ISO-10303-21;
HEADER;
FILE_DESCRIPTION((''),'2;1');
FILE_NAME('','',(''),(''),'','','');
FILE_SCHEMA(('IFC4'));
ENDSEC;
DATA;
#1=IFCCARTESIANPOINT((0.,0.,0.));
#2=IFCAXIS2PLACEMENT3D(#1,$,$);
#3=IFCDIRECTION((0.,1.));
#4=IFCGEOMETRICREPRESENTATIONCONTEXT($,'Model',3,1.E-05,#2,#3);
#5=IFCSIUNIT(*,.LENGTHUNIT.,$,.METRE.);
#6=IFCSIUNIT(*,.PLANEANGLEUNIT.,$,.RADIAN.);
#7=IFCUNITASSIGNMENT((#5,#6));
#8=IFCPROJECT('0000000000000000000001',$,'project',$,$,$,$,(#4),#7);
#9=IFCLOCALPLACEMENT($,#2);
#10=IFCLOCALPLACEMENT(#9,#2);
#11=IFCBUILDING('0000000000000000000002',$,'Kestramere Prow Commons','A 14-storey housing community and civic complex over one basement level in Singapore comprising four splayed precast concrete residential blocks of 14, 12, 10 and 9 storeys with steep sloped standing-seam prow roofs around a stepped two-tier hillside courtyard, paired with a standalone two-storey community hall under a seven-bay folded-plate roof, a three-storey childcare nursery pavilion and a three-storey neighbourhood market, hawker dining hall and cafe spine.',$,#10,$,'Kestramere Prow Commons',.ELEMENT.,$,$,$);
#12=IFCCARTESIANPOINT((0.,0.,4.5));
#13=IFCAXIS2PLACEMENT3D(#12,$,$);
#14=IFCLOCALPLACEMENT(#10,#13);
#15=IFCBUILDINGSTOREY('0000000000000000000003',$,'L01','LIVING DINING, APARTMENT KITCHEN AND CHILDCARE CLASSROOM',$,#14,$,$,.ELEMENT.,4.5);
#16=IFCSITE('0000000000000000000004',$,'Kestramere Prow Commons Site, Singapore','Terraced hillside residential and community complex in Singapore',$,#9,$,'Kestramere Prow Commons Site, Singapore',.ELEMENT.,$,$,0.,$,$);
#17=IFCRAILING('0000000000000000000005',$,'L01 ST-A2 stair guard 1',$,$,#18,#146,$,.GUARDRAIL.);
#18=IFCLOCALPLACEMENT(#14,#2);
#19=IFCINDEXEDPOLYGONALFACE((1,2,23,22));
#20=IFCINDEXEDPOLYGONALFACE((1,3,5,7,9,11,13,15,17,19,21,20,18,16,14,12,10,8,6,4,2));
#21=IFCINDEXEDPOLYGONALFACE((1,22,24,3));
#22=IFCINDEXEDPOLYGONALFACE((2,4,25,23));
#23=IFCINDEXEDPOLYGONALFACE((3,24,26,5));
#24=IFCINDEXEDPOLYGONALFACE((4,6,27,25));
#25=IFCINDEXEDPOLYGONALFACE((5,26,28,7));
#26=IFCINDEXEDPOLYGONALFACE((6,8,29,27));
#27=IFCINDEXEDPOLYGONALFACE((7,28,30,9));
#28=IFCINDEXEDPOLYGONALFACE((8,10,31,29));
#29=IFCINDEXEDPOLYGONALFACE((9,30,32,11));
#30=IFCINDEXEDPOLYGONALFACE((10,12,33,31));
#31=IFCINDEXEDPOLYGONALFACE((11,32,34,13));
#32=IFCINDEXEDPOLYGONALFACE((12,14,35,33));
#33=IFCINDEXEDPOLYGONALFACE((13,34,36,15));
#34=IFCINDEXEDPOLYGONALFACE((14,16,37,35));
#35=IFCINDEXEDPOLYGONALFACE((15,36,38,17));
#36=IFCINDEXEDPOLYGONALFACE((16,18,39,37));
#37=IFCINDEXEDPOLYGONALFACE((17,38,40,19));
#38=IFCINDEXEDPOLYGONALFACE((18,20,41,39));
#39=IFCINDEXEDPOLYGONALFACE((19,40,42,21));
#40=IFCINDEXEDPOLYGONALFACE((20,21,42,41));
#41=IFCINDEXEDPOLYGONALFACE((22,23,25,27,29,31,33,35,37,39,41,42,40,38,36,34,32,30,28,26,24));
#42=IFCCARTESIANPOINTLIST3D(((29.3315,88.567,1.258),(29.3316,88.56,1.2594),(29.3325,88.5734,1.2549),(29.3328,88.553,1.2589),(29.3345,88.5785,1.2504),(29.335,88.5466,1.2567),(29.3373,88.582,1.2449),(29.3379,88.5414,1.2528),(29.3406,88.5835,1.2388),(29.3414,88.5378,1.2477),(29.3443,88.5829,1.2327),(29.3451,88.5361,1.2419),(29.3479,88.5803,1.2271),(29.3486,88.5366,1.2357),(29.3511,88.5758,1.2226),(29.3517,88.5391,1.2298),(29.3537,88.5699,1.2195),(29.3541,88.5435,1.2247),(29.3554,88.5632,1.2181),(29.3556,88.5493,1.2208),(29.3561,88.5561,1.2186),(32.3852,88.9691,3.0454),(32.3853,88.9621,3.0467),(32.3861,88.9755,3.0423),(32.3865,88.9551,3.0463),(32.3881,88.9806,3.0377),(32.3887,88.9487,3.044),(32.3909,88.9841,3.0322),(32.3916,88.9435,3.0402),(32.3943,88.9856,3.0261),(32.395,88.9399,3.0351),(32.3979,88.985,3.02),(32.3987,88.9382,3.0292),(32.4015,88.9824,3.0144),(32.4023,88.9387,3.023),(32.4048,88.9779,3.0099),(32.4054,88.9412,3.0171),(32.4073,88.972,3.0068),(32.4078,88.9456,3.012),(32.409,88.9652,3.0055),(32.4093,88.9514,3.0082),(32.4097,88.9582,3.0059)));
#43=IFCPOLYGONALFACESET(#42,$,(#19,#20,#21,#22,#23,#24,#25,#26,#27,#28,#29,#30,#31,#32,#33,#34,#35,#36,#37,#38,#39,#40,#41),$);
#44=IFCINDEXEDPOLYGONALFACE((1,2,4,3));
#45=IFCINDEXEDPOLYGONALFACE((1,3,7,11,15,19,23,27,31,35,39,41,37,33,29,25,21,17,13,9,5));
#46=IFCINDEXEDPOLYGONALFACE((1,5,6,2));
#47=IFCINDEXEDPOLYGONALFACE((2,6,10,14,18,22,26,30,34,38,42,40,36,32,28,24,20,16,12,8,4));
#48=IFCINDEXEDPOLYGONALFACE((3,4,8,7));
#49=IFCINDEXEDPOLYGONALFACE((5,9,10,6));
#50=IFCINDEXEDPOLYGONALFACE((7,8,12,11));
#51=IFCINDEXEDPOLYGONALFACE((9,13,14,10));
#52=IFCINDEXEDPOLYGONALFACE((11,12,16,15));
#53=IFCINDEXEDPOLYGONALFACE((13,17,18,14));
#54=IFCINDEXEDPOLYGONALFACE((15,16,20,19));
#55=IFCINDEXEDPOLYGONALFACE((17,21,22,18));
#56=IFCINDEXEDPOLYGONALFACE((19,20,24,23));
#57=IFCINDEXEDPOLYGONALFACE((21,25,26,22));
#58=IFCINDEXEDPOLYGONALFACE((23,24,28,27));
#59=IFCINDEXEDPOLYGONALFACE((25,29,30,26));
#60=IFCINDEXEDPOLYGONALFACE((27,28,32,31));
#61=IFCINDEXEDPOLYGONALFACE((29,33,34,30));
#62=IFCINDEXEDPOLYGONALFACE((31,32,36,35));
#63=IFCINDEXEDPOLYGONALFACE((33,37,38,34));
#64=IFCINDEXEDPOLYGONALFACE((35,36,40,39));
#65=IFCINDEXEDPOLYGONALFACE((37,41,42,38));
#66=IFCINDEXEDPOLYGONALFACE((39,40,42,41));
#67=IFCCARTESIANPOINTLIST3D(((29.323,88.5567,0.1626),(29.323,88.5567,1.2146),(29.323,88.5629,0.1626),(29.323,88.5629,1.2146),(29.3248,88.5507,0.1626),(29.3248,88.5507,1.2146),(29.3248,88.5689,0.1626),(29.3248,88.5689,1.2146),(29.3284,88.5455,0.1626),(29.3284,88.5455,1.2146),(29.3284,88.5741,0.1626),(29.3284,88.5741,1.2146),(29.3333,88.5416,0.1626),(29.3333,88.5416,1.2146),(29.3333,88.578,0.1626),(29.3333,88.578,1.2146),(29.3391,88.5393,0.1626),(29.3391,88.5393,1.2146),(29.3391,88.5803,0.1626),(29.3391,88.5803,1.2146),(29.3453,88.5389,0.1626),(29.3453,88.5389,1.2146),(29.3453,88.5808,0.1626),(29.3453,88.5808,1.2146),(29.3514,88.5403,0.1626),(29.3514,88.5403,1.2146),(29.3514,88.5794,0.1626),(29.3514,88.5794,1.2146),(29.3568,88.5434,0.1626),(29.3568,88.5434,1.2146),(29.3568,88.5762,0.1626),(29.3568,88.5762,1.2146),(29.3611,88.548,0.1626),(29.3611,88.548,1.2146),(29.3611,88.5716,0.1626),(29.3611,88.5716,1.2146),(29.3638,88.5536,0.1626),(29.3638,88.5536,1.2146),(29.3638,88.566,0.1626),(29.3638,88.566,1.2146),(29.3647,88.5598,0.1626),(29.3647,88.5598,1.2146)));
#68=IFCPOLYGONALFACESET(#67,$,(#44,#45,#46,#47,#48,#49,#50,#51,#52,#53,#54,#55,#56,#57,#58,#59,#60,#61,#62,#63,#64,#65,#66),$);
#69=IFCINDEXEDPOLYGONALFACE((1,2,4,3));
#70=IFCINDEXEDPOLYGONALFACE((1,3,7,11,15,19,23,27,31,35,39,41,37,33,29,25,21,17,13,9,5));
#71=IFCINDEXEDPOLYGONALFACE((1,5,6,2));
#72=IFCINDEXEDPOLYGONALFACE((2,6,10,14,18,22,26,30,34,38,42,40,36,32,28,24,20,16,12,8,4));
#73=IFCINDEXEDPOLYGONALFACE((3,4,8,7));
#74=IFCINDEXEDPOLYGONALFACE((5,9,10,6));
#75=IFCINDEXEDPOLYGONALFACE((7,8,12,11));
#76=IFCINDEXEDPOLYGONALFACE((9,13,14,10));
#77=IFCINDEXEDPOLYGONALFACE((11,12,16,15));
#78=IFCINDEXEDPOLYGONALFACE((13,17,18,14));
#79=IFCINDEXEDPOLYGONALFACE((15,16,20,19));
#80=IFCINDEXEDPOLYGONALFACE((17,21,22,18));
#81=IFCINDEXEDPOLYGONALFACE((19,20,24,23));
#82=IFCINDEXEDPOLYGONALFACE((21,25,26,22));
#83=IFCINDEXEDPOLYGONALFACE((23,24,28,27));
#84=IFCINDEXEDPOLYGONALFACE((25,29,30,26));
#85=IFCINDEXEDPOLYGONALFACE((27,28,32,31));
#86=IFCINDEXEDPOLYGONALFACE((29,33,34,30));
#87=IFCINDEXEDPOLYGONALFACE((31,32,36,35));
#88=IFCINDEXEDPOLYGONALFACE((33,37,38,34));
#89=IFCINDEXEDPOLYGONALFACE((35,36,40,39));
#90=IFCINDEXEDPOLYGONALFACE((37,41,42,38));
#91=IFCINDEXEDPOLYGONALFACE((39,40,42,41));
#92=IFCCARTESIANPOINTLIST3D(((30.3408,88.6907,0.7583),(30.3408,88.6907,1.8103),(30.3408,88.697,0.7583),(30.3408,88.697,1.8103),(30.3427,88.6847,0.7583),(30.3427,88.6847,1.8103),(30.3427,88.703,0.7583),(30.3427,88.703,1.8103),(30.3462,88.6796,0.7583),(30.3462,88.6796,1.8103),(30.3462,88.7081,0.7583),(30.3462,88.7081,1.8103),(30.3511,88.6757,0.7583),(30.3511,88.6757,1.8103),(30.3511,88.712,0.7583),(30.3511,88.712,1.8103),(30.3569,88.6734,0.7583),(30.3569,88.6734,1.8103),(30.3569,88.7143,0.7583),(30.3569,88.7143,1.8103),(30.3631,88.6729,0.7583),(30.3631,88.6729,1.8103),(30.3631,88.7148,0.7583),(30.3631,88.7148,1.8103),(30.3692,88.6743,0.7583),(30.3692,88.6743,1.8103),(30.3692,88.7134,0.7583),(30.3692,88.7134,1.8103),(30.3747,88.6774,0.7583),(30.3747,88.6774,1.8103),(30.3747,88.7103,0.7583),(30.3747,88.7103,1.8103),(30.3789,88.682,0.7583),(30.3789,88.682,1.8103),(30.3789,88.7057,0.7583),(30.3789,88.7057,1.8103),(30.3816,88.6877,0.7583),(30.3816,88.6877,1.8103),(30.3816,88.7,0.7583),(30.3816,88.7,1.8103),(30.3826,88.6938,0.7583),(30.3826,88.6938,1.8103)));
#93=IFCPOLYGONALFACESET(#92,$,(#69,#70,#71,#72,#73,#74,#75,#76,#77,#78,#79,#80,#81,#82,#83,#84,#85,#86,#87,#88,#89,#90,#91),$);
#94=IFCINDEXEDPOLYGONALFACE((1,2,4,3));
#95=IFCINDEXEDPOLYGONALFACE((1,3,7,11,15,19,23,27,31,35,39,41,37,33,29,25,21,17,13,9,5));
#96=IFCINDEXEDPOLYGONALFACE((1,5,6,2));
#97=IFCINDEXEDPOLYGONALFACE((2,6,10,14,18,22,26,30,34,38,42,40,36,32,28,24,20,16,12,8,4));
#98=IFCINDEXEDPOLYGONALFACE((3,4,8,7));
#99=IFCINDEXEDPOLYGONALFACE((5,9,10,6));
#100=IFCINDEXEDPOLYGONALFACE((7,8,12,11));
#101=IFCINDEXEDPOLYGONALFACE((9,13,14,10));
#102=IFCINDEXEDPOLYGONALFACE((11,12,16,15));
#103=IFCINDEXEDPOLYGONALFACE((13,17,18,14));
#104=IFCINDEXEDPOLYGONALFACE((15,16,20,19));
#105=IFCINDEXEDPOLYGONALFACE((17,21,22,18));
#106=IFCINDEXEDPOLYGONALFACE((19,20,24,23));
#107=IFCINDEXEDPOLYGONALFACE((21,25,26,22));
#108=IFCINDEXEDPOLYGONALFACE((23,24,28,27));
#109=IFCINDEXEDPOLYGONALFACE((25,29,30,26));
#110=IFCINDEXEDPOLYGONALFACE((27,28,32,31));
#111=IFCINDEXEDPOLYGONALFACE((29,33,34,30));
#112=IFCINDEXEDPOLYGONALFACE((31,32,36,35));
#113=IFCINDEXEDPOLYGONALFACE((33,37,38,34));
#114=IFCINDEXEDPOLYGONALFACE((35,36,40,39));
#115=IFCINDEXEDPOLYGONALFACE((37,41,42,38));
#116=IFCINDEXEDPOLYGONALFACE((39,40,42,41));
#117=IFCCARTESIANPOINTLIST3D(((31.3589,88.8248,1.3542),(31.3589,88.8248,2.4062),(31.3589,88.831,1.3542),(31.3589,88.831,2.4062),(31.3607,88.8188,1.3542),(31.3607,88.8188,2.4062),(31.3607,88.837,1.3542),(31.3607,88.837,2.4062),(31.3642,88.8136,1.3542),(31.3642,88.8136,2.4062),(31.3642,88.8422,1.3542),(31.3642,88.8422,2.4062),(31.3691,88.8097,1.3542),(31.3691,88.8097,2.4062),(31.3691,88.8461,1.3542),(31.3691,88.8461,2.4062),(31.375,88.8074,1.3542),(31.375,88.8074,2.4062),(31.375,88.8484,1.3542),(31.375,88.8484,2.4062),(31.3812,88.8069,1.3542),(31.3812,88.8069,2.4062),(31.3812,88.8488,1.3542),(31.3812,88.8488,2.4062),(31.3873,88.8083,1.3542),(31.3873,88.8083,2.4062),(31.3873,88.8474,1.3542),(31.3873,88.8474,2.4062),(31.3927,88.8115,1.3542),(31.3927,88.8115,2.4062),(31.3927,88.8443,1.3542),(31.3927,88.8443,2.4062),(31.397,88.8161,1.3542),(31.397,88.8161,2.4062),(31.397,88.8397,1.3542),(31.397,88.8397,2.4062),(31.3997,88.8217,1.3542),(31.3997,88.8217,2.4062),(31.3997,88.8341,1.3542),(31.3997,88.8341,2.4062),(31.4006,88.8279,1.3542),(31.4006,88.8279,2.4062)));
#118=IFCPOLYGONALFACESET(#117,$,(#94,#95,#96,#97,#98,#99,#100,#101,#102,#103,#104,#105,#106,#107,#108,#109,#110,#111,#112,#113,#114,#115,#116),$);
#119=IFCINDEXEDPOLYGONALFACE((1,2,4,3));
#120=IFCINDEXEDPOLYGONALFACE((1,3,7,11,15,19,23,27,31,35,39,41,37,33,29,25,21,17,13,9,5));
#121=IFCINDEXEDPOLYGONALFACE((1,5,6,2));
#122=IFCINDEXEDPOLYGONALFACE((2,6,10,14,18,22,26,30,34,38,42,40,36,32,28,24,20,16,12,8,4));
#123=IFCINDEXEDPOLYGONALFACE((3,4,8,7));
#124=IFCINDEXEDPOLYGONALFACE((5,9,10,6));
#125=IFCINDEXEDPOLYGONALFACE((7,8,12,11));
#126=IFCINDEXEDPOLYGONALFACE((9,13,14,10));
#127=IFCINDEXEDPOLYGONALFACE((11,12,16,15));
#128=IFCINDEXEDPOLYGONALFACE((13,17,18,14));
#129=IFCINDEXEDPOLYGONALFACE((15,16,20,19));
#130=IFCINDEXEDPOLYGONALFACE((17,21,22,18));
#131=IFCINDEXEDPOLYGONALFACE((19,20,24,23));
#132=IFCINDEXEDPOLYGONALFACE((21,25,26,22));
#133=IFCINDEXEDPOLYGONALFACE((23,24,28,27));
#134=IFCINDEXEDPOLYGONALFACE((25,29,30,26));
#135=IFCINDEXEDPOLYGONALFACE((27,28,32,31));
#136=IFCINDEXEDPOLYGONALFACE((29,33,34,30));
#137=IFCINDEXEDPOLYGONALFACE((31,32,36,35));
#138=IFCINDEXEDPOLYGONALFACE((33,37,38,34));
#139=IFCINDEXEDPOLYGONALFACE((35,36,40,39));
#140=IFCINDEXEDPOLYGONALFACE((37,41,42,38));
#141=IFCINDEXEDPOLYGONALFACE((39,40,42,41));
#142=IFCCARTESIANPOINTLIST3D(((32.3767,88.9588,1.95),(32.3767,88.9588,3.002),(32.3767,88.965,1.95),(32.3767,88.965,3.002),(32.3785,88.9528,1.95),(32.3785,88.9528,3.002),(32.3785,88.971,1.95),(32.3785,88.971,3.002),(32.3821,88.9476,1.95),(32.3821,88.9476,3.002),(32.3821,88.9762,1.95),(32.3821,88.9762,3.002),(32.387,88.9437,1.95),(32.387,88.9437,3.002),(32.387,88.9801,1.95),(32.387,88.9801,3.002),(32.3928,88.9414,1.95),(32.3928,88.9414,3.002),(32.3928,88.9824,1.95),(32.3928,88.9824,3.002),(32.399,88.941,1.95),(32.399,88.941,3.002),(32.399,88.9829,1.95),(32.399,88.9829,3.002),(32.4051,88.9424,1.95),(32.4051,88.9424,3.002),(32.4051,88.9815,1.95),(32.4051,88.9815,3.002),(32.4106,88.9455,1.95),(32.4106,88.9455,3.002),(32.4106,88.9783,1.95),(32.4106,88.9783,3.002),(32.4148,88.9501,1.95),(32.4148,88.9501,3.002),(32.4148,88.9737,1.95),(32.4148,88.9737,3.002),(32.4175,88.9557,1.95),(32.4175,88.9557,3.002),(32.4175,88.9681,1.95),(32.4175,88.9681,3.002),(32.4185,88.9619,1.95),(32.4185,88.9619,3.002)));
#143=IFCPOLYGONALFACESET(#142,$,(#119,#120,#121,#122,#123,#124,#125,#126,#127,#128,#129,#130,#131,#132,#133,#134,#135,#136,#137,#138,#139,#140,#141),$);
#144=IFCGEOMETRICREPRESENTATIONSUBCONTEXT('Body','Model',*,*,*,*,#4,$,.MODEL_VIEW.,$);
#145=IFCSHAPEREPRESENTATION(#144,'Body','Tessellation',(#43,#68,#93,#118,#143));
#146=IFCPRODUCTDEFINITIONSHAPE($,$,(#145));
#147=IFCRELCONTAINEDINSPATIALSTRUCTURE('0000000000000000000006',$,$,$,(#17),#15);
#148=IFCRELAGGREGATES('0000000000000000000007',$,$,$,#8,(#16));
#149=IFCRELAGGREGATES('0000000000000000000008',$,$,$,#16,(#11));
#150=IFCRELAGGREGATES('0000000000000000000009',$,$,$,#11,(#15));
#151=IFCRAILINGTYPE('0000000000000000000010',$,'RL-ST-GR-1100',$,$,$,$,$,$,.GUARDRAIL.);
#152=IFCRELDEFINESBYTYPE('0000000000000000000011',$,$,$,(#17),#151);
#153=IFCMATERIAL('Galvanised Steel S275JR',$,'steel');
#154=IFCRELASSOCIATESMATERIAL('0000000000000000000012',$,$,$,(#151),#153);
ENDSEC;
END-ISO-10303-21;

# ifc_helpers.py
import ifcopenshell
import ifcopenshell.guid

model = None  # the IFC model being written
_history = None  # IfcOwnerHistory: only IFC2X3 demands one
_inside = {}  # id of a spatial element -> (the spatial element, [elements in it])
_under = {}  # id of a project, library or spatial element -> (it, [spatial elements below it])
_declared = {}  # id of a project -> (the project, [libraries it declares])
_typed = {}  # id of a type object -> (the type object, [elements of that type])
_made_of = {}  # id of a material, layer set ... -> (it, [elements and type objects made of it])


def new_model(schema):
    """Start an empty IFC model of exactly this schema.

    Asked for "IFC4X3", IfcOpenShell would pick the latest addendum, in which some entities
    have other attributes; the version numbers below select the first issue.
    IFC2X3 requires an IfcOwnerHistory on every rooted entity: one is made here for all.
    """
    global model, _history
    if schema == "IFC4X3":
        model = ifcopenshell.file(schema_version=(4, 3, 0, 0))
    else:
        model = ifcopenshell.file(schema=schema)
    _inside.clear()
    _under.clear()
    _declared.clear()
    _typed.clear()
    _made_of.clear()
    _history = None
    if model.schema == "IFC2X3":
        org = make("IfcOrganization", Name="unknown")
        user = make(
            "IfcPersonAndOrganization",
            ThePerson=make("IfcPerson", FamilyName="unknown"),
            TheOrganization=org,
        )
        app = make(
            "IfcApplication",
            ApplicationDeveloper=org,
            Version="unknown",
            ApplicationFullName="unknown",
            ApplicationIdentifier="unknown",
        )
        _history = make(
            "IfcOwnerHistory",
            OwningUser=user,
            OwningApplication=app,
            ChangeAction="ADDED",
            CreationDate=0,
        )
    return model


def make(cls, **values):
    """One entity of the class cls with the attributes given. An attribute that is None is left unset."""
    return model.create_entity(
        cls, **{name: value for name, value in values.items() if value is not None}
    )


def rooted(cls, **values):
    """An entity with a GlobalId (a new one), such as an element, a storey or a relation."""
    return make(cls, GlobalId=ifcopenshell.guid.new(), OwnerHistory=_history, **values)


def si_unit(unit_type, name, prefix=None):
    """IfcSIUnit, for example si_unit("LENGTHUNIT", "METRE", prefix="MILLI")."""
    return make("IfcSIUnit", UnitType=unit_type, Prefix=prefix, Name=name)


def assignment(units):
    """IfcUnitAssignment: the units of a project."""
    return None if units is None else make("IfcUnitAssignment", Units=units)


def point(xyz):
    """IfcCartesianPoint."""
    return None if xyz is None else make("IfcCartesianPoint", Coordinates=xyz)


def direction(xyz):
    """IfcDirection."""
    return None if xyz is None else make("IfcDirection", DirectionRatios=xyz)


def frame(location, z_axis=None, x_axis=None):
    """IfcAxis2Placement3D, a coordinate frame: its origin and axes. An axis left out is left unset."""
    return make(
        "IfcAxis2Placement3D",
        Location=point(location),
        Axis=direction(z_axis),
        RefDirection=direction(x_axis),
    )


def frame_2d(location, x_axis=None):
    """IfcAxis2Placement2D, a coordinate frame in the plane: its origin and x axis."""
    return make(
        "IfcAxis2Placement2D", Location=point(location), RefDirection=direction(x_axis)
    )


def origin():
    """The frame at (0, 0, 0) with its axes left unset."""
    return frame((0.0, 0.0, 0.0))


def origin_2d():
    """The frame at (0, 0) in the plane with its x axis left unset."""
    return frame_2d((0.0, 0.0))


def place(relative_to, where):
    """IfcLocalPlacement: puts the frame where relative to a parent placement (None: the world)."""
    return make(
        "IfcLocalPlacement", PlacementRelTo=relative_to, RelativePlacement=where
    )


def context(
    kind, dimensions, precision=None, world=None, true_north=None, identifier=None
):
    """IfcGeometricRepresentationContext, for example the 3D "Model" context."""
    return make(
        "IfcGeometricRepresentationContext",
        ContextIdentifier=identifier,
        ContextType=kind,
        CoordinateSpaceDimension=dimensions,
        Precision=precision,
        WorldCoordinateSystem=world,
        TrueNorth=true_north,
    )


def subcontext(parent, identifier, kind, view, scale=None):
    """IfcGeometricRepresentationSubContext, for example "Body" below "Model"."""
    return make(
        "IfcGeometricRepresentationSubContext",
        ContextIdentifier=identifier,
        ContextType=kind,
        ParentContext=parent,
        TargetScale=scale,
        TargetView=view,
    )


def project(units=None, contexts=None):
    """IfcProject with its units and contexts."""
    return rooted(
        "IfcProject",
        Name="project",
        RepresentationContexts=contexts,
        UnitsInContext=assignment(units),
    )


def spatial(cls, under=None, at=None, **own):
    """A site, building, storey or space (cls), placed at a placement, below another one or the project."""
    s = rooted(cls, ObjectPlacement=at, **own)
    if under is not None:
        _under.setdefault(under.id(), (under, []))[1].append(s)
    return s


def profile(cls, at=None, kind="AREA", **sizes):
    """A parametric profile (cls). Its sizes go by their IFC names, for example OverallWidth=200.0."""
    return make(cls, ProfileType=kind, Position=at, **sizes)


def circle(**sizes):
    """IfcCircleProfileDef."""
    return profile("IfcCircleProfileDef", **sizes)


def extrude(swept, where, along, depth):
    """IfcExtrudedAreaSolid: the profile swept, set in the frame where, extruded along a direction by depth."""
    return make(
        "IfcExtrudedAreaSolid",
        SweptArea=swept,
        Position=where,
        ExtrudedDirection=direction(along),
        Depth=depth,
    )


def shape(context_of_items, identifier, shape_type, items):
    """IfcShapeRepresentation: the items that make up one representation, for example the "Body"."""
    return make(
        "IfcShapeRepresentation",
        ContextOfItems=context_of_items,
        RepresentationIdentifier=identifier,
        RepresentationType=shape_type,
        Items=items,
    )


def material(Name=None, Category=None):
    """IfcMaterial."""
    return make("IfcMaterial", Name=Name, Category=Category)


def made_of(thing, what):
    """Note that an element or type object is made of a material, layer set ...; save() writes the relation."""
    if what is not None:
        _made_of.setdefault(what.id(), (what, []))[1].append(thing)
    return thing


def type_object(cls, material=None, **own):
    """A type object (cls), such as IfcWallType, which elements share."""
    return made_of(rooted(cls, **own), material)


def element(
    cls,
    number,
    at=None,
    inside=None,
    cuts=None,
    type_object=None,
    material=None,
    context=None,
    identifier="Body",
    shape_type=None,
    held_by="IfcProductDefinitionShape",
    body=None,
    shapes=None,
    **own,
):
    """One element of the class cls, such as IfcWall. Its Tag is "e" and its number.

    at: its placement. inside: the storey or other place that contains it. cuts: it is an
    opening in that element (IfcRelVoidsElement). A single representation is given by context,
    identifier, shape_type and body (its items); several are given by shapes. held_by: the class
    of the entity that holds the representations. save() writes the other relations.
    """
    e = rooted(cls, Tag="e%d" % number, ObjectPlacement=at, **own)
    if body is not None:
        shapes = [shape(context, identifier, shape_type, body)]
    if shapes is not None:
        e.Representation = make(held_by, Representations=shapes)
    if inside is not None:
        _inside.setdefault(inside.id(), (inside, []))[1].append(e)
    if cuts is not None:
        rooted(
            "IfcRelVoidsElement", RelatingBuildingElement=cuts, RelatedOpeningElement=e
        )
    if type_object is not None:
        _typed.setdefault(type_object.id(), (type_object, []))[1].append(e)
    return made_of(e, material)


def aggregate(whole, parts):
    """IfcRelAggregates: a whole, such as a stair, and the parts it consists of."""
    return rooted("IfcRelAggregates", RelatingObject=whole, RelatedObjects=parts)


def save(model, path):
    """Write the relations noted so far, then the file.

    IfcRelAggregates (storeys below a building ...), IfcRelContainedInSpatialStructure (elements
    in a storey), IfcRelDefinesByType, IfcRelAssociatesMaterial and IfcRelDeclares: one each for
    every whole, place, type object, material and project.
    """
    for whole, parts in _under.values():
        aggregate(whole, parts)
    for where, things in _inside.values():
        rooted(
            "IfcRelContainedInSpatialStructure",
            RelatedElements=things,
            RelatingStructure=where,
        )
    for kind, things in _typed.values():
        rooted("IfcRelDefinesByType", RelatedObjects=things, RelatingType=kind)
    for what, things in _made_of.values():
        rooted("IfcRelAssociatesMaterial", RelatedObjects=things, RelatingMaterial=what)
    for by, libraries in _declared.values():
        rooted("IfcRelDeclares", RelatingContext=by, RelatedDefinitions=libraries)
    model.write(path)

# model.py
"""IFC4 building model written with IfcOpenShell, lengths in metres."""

from ifc_helpers import new_model, si_unit, direction, frame, origin, origin_2d, place, context, subcontext, project, spatial, circle, extrude, material, type_object, element, save


model = new_model("IFC4")

# Units and contexts
model_context = context("Model", 3, precision=1e-05, world=origin(), true_north=direction((0.0, 1.0)))
body_context = subcontext(model_context, "Body", "Model", "MODEL_VIEW")
ifc_project = project(units=[si_unit("LENGTHUNIT", "METRE"), si_unit("PLANEANGLEUNIT", "RADIAN")], contexts=[model_context])

# Site, building, storey
site_placement = place(None, origin())
site = spatial("IfcSite", under=ifc_project, at=site_placement, Name="Kestramere Prow Commons Site, Singapore", Description="Terraced hillside residential and community complex in Singapore", LongName="Kestramere Prow Commons Site, Singapore", CompositionType="ELEMENT", RefElevation=0.0)
building_placement = place(site_placement, origin())
building = spatial("IfcBuilding", under=site, at=building_placement, Name="Kestramere Prow Commons", Description="A 14-storey housing community and civic complex over one basement level in Singapore comprising four splayed precast concrete residential blocks of 14, 12, 10 and 9 storeys with steep sloped standing-seam prow roofs around a stepped two-tier hillside courtyard, paired with a standalone two-storey community hall under a seven-bay folded-plate roof, a three-storey childcare nursery pavilion and a three-storey neighbourhood market, hawker dining hall and cafe spine.", LongName="Kestramere Prow Commons", CompositionType="ELEMENT")
storey_placement = place(building_placement, frame((0.0, 0.0, 4.5)))
storey = spatial("IfcBuildingStorey", under=building, at=storey_placement, Name="L01", Description="LIVING DINING, APARTMENT KITCHEN AND CHILDCARE CLASSROOM", CompositionType="ELEMENT", Elevation=4.5)

# Railing
ifc_material_1 = material(Name="Galvanised Steel S275JR", Category="steel")
railing_type_1 = type_object("IfcRailingType", Name="RL-ST-GR-1100", PredefinedType="GUARDRAIL", material=ifc_material_1)
railing_1_placement = place(storey_placement, frame((29.3438, 88.5598, 0.1626)))
element("IfcRailing", 1, at=railing_1_placement, inside=storey, type_object=railing_type_1, Name="L01 ST-A2 stair guard 1", PredefinedType="GUARDRAIL", context=body_context, shape_type="SweptSolid", body=[
    extrude(circle(Radius=0.0239, at=origin_2d()), frame((0.0, 0.0, 1.0762), z_axis=(0.857518, 0.112914, 0.50191), x_axis=(-0.130549, 0.991442, 0.0)), (0.0, 0.0, 1.0), 3.561),
    extrude(circle(Radius=0.021, at=origin_2d()), origin(), (0.0, 0.0, 1.0), 1.052),
    extrude(circle(Radius=0.021, at=origin_2d()), frame((1.0178, 0.134, 0.5957)), (0.0, 0.0, 1.0), 1.052),
    extrude(circle(Radius=0.021, at=origin_2d()), frame((2.0359, 0.2681, 1.1917)), (0.0, 0.0, 1.0), 1.052),
    extrude(circle(Radius=0.021, at=origin_2d()), frame((3.0537, 0.4021, 1.7874)), (0.0, 0.0, 1.0), 1.052),
])

save(model, "model.ifc")
